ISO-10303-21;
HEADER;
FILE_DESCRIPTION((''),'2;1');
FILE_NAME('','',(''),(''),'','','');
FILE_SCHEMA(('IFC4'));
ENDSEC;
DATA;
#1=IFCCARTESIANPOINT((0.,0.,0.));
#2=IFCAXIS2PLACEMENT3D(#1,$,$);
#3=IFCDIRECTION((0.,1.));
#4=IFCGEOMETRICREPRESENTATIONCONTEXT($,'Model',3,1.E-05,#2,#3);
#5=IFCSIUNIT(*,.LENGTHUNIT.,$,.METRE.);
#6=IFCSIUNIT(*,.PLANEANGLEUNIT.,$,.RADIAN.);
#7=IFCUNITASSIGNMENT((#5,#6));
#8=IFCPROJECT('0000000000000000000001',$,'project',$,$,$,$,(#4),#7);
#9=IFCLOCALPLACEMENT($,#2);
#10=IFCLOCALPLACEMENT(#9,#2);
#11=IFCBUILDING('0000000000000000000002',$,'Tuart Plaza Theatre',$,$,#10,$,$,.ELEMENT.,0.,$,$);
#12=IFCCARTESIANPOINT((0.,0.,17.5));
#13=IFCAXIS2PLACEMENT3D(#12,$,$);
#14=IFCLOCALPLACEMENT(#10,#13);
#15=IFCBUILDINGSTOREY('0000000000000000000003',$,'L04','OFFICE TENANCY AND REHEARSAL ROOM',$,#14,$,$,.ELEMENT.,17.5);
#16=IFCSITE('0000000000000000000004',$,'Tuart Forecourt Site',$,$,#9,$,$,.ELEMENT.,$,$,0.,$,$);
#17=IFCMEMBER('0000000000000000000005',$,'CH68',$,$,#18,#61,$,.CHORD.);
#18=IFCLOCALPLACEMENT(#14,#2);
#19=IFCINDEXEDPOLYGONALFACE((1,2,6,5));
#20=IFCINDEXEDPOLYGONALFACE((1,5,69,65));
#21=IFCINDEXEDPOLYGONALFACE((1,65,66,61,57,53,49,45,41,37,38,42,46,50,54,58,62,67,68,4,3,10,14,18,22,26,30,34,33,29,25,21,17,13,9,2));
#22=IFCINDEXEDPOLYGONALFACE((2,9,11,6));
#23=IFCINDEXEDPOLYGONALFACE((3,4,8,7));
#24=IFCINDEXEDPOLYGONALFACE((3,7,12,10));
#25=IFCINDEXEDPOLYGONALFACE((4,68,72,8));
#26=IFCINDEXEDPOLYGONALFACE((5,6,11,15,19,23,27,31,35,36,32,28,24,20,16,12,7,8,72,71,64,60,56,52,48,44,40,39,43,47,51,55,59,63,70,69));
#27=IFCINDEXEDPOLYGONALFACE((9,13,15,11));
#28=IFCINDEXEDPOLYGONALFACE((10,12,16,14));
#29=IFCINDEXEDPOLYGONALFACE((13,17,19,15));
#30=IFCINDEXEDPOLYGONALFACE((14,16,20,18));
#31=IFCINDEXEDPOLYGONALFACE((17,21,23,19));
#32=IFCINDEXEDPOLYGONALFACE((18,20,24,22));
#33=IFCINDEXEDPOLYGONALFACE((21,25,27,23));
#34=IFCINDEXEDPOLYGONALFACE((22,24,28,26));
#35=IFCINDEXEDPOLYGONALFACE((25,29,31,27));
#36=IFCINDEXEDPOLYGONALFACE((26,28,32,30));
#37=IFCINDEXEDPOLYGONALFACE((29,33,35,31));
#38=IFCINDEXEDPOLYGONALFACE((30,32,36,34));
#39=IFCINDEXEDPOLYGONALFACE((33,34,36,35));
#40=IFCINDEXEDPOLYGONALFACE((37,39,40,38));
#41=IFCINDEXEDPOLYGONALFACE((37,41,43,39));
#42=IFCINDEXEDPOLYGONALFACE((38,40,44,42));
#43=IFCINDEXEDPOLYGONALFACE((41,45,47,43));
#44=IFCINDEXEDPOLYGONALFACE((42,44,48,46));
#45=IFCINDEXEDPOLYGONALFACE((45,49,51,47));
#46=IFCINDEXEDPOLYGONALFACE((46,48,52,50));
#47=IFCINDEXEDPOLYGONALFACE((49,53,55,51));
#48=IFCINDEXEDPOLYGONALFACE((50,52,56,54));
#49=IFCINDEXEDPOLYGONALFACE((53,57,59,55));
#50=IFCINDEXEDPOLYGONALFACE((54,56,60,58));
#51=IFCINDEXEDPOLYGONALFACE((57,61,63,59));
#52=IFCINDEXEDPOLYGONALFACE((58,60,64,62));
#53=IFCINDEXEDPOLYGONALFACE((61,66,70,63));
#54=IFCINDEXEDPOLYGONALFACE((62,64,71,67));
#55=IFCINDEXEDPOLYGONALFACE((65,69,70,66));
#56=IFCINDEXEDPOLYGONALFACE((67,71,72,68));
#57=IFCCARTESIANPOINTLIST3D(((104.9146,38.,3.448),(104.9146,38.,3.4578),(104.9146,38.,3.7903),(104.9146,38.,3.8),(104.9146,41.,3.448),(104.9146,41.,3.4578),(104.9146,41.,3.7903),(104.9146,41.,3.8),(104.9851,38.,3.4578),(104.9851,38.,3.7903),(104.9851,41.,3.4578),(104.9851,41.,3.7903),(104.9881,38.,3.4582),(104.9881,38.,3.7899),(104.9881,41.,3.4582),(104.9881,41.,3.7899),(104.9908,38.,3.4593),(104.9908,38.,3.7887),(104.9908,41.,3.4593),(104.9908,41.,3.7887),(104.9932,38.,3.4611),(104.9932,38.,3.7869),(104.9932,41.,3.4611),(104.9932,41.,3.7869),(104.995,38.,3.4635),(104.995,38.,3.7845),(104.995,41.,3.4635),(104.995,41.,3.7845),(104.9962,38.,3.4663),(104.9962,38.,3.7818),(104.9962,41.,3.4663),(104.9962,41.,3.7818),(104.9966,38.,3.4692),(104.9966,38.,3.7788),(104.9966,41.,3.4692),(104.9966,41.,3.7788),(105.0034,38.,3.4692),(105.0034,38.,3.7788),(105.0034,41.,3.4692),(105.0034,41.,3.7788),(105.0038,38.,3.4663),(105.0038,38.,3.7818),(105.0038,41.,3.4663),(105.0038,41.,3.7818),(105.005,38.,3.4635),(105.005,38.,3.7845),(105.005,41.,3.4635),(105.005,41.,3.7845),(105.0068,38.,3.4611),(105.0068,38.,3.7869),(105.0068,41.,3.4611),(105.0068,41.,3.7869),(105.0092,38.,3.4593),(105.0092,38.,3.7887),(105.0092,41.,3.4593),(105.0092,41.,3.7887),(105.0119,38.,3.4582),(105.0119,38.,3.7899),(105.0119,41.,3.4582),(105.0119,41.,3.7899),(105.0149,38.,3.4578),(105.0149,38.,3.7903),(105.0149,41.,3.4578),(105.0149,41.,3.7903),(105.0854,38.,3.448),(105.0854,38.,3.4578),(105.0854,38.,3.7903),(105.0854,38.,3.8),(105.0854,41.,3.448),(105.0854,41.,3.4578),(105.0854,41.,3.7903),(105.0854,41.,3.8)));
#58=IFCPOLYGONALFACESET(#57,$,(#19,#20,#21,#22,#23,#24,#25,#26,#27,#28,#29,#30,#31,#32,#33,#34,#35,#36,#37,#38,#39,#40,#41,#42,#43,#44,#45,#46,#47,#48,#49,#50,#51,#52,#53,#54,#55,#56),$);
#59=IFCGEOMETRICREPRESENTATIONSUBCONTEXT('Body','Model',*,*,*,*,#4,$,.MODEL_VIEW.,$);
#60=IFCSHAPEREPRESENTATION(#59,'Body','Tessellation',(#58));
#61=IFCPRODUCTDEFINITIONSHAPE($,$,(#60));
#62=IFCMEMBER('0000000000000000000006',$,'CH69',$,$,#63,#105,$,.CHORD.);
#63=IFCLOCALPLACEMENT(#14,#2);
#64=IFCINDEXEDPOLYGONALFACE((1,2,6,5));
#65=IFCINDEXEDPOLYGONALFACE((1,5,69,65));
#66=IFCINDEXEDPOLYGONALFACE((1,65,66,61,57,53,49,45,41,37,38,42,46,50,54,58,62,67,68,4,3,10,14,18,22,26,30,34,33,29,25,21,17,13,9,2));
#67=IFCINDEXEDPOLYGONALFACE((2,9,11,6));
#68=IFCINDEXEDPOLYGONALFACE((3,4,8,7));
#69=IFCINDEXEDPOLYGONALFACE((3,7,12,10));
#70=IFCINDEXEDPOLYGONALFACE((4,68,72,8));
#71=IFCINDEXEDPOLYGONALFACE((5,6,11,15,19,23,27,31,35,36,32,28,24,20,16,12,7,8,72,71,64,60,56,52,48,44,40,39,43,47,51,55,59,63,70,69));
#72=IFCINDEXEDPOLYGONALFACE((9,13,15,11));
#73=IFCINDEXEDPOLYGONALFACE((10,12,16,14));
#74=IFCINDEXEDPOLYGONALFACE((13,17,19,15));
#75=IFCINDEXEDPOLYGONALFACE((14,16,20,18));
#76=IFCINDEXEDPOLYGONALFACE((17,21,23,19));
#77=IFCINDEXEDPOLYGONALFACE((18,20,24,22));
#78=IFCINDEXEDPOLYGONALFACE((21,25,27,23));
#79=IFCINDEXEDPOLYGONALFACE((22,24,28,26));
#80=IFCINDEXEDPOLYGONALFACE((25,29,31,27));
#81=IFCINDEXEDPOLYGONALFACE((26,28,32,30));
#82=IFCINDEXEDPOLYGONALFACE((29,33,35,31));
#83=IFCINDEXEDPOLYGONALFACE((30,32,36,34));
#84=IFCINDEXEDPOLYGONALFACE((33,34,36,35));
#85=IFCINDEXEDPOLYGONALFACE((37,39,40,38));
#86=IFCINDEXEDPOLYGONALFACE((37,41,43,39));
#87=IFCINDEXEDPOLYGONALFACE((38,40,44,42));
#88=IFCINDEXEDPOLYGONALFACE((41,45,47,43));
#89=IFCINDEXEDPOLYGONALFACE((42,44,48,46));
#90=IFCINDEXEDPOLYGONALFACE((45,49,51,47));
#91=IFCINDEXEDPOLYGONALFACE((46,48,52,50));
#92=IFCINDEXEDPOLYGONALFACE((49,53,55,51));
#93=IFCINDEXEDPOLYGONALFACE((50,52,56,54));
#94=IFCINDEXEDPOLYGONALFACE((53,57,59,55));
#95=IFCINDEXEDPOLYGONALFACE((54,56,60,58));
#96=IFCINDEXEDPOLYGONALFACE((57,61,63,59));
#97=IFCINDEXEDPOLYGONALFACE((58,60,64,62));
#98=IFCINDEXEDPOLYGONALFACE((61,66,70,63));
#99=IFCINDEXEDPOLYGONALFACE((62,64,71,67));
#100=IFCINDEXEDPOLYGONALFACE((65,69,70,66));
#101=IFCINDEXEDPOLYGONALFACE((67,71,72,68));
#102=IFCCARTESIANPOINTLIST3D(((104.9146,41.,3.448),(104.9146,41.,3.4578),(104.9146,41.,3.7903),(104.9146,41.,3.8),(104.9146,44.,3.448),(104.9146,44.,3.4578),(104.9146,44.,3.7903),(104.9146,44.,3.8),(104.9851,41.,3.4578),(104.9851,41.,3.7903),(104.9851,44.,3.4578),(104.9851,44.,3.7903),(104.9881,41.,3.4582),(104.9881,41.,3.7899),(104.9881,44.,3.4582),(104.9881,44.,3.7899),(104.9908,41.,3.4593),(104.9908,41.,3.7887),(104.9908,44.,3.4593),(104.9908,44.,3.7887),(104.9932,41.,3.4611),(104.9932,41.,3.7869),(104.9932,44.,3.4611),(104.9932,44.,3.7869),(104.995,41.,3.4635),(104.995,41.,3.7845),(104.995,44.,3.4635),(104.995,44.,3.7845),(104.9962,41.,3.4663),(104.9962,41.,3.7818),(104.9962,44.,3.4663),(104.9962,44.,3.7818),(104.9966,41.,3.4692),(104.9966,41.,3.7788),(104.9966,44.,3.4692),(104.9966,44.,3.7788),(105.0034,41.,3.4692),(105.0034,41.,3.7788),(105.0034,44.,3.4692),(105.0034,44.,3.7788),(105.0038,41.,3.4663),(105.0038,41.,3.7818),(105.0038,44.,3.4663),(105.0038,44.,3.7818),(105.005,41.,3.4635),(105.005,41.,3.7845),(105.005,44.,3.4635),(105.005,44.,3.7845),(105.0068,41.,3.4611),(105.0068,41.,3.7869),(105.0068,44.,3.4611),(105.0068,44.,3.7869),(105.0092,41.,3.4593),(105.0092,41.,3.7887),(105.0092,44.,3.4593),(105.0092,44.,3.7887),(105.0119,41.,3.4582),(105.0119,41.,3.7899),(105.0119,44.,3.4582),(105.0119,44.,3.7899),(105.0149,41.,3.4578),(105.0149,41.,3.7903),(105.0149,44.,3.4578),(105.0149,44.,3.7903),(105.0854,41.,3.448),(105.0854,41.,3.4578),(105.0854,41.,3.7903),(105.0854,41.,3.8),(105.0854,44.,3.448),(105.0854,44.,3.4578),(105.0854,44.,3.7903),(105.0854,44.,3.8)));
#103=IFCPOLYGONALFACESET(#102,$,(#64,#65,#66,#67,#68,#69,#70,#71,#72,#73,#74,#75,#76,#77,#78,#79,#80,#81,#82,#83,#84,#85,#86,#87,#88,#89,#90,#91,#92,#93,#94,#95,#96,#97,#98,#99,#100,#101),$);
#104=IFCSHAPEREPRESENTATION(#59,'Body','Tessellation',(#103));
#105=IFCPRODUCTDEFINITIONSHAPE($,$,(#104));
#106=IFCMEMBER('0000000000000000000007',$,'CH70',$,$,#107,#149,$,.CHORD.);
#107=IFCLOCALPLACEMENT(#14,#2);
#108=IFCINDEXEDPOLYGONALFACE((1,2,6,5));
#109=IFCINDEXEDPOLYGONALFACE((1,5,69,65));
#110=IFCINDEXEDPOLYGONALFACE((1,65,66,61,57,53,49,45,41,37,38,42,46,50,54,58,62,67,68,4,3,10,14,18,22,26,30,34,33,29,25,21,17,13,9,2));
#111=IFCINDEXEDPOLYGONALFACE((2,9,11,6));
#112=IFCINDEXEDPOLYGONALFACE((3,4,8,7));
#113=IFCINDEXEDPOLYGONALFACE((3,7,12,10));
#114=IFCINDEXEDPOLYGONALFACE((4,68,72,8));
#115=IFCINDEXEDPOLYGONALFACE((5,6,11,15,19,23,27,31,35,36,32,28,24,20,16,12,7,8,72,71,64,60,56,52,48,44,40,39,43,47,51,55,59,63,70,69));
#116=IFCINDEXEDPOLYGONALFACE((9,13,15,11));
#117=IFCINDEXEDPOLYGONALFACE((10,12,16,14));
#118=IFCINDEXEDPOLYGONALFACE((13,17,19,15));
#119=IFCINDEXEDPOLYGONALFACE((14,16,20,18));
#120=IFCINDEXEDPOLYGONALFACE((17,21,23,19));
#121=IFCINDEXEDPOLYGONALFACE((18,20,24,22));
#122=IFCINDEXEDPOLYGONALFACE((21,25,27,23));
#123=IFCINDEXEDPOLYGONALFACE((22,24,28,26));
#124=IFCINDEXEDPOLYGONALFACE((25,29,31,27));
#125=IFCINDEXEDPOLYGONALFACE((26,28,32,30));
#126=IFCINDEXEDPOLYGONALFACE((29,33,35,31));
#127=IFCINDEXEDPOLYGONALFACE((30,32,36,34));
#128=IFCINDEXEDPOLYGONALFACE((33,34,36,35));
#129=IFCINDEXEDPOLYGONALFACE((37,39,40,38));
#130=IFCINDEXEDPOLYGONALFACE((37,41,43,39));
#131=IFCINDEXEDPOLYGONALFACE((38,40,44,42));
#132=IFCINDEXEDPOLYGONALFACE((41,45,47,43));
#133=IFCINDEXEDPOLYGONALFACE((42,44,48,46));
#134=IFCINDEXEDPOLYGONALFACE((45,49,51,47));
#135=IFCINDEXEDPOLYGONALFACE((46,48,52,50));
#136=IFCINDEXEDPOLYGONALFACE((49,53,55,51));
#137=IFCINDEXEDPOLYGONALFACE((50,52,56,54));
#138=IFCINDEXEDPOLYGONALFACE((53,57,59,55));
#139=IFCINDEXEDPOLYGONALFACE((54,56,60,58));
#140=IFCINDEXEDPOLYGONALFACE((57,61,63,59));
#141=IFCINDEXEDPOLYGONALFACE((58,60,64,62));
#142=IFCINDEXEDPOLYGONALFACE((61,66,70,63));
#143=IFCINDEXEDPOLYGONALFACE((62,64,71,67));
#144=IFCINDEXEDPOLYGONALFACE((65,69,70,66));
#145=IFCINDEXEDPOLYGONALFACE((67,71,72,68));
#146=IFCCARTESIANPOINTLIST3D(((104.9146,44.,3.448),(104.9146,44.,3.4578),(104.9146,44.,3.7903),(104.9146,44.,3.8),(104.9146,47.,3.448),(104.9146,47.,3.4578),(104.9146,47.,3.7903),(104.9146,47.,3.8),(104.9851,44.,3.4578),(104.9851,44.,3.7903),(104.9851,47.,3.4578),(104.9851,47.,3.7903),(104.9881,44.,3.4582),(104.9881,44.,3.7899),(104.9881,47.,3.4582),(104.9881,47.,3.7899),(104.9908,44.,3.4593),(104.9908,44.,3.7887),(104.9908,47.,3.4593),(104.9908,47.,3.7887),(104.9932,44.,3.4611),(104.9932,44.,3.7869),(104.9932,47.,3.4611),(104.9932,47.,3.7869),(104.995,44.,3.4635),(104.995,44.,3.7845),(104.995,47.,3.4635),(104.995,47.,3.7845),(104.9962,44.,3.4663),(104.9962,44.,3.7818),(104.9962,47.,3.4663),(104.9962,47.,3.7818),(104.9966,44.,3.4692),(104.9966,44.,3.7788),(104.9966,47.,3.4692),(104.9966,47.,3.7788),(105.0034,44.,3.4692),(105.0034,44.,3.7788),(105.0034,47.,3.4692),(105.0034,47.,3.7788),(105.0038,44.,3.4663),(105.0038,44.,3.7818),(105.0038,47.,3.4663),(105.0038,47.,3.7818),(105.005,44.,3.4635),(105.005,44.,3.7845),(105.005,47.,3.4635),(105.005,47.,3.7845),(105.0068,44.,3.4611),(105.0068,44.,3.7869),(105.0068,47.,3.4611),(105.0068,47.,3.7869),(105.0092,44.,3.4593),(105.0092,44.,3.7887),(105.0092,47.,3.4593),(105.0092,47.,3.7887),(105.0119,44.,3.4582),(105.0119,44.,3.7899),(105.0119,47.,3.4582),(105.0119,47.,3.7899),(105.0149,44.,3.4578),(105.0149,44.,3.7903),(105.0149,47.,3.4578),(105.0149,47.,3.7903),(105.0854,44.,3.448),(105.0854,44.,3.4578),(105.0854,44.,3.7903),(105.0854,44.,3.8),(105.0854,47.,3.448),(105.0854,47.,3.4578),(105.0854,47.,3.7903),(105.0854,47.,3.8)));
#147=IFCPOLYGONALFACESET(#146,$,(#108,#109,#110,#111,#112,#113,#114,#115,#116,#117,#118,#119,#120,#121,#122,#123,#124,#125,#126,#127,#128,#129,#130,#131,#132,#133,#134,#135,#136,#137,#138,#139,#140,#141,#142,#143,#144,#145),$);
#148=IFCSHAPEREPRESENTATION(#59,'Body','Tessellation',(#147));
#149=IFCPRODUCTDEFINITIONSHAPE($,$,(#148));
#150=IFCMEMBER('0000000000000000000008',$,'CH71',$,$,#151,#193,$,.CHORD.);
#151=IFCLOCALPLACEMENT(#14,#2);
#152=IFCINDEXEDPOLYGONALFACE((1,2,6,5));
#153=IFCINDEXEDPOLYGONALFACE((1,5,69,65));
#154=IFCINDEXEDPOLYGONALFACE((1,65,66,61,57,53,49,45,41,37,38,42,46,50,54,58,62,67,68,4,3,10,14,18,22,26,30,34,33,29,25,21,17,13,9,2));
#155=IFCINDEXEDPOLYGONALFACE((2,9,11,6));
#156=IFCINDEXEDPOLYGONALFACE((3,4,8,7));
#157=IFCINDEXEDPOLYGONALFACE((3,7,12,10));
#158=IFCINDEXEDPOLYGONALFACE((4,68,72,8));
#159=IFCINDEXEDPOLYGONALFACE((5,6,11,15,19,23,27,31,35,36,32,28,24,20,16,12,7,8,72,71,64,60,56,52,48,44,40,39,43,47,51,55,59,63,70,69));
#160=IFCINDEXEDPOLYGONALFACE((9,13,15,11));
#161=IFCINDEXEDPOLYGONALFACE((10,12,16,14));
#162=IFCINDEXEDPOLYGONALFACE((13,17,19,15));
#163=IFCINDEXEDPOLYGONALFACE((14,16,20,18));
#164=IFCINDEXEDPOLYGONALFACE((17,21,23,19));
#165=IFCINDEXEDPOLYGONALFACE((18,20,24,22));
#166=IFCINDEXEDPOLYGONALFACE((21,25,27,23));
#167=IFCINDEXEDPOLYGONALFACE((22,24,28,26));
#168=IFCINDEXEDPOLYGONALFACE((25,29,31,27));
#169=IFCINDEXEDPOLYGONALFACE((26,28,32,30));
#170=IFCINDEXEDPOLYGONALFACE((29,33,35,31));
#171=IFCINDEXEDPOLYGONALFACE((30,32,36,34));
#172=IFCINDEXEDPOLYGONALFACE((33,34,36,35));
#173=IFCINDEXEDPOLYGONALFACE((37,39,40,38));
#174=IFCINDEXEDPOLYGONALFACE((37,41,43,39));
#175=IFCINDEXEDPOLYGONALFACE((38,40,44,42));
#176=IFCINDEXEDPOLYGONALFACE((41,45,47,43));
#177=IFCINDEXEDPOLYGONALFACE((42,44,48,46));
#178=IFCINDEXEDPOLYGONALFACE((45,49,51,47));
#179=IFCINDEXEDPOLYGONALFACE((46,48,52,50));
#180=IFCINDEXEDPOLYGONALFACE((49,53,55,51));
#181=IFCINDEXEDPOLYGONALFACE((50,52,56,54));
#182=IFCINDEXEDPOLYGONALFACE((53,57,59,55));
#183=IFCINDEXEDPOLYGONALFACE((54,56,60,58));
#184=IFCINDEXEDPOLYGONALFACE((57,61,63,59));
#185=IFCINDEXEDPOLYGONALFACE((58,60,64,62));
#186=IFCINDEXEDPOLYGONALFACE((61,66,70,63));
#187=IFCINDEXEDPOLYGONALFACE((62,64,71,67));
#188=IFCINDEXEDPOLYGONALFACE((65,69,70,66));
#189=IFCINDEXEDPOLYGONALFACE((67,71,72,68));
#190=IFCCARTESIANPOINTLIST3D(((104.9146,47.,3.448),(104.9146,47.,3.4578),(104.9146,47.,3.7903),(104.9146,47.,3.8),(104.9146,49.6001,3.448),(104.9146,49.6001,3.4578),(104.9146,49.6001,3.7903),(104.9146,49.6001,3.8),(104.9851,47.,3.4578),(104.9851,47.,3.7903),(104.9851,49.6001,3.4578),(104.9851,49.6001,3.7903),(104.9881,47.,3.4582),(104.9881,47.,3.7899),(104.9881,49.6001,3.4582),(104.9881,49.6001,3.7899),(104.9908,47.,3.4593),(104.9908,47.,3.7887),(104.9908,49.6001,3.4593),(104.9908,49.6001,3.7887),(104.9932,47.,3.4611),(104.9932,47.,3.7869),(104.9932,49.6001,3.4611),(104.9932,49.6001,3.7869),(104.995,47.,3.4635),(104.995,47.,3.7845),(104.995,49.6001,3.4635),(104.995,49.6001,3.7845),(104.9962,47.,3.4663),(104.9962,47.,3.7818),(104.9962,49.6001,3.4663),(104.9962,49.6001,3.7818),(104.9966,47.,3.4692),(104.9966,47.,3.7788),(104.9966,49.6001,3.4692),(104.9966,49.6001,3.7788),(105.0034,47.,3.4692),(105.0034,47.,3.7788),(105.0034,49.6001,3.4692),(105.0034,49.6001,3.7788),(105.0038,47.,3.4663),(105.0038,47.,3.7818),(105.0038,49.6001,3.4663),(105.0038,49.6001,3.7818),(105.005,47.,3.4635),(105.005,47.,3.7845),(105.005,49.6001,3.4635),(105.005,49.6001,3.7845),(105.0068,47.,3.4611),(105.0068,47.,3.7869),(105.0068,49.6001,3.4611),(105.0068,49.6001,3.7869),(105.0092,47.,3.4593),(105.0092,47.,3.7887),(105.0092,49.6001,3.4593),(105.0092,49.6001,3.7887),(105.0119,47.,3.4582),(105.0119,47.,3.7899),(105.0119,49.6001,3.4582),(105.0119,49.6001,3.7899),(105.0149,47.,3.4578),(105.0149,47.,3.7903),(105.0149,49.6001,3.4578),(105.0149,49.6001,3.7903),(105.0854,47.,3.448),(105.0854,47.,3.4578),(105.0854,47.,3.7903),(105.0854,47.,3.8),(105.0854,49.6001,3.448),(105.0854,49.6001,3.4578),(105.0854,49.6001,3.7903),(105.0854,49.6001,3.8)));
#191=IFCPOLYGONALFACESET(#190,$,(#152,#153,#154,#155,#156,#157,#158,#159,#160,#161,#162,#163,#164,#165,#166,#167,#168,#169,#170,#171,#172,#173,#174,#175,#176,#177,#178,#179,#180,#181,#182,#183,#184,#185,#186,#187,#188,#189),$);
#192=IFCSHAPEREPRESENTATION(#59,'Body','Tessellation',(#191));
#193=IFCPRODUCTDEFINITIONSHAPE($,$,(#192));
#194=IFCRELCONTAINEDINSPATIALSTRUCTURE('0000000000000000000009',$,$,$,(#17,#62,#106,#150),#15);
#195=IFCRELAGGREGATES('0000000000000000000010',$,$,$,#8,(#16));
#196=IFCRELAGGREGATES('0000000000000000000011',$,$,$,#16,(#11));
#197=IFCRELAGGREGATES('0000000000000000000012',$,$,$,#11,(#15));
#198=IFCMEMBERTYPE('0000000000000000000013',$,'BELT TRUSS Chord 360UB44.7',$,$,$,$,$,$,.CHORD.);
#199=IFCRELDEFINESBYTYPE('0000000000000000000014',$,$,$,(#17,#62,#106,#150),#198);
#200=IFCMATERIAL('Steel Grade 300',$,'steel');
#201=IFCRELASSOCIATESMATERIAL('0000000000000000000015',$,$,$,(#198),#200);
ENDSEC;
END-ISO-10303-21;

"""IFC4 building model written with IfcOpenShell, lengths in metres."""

from ifc_helpers import new_model, si_unit, direction, frame, origin, origin_2d, place, context, subcontext, project, spatial, i_section, extrude, material, material_profile, profile_set, type_object, element, save


model = new_model("IFC4")

# Units and contexts
model_context = context("Model", 3, precision=1e-05, world=origin(), true_north=direction((0.0, 1.0)))
body_context = subcontext(model_context, "Body", "Model", "MODEL_VIEW")
ifc_project = project(units=[si_unit("LENGTHUNIT", "METRE"), si_unit("PLANEANGLEUNIT", "RADIAN")], contexts=[model_context])

# Site, building, storey
site_placement = place(None, origin())
site = spatial("IfcSite", under=ifc_project, at=site_placement, Name="Tuart Forecourt Site", CompositionType="ELEMENT", RefElevation=0.0)
building_placement = place(site_placement, origin())
building = spatial("IfcBuilding", under=site, at=building_placement, Name="Tuart Plaza Theatre", CompositionType="ELEMENT", ElevationOfRefHeight=0.0)
storey_placement = place(building_placement, frame((0.0, 0.0, 17.5)))
storey = spatial("IfcBuildingStorey", under=building, at=storey_placement, Name="L04", Description="OFFICE TENANCY AND REHEARSAL ROOM", CompositionType="ELEMENT", Elevation=17.5)

# Members
ifc_material_1 = material(Name="Steel Grade 300", Category="steel")
ifc_material_profile_1 = material_profile(ifc_material_1, i_section(OverallWidth=0.1709, OverallDepth=0.3521, WebThickness=0.0068, FlangeThickness=0.0098, FilletRadius=0.0115, at=origin_2d()), Name="360UB44.7")
ifc_profile_set_1 = profile_set([ifc_material_profile_1], Name="Steel Grade 300")
member_type_1 = type_object("IfcMemberType", Name="BELT TRUSS Chord 360UB44.7", PredefinedType="CHORD", material=ifc_profile_set_1)
for number, where, z_axis, x_axis, name in (
    (1, (105.0, 38.0, 3.624), (0.0, 1.0, 0.0), (-1.0, 0.0, 0.0), "CH68"),
    (2, (105.0, 41.0, 3.624), (0.0, 1.0, 0.0), (-1.0, 0.0, 0.0), "CH69"),
    (3, (105.0, 44.0, 3.624), (0.0, 1.0, 0.0), (-1.0, 0.0, 0.0), "CH70"),
):
    element("IfcMember", number, at=place(storey_placement, frame(where, z_axis=z_axis, x_axis=x_axis)), inside=storey, type_object=member_type_1, Name=name, PredefinedType="CHORD", context=body_context, shape_type="SweptSolid", body=[
        extrude(i_section(OverallWidth=0.1709, OverallDepth=0.3521, WebThickness=0.0068, FlangeThickness=0.0098, FilletRadius=0.0115, at=origin_2d()), origin(), (0.0, 0.0, 1.0), 3.0),
    ])
member_placement = place(storey_placement, frame((105.0, 47.0, 3.624), z_axis=(0.0, 1.0, 0.0), x_axis=(-1.0, 0.0, 0.0)))
element("IfcMember", 4, at=member_placement, inside=storey, type_object=member_type_1, Name="CH71", PredefinedType="CHORD", context=body_context, shape_type="SweptSolid", body=[
    extrude(i_section(OverallWidth=0.1709, OverallDepth=0.3521, WebThickness=0.0068, FlangeThickness=0.0098, FilletRadius=0.0115, at=origin_2d()), origin(), (0.0, 0.0, 1.0), 2.6001),
])

save(model, "model.ifc")
